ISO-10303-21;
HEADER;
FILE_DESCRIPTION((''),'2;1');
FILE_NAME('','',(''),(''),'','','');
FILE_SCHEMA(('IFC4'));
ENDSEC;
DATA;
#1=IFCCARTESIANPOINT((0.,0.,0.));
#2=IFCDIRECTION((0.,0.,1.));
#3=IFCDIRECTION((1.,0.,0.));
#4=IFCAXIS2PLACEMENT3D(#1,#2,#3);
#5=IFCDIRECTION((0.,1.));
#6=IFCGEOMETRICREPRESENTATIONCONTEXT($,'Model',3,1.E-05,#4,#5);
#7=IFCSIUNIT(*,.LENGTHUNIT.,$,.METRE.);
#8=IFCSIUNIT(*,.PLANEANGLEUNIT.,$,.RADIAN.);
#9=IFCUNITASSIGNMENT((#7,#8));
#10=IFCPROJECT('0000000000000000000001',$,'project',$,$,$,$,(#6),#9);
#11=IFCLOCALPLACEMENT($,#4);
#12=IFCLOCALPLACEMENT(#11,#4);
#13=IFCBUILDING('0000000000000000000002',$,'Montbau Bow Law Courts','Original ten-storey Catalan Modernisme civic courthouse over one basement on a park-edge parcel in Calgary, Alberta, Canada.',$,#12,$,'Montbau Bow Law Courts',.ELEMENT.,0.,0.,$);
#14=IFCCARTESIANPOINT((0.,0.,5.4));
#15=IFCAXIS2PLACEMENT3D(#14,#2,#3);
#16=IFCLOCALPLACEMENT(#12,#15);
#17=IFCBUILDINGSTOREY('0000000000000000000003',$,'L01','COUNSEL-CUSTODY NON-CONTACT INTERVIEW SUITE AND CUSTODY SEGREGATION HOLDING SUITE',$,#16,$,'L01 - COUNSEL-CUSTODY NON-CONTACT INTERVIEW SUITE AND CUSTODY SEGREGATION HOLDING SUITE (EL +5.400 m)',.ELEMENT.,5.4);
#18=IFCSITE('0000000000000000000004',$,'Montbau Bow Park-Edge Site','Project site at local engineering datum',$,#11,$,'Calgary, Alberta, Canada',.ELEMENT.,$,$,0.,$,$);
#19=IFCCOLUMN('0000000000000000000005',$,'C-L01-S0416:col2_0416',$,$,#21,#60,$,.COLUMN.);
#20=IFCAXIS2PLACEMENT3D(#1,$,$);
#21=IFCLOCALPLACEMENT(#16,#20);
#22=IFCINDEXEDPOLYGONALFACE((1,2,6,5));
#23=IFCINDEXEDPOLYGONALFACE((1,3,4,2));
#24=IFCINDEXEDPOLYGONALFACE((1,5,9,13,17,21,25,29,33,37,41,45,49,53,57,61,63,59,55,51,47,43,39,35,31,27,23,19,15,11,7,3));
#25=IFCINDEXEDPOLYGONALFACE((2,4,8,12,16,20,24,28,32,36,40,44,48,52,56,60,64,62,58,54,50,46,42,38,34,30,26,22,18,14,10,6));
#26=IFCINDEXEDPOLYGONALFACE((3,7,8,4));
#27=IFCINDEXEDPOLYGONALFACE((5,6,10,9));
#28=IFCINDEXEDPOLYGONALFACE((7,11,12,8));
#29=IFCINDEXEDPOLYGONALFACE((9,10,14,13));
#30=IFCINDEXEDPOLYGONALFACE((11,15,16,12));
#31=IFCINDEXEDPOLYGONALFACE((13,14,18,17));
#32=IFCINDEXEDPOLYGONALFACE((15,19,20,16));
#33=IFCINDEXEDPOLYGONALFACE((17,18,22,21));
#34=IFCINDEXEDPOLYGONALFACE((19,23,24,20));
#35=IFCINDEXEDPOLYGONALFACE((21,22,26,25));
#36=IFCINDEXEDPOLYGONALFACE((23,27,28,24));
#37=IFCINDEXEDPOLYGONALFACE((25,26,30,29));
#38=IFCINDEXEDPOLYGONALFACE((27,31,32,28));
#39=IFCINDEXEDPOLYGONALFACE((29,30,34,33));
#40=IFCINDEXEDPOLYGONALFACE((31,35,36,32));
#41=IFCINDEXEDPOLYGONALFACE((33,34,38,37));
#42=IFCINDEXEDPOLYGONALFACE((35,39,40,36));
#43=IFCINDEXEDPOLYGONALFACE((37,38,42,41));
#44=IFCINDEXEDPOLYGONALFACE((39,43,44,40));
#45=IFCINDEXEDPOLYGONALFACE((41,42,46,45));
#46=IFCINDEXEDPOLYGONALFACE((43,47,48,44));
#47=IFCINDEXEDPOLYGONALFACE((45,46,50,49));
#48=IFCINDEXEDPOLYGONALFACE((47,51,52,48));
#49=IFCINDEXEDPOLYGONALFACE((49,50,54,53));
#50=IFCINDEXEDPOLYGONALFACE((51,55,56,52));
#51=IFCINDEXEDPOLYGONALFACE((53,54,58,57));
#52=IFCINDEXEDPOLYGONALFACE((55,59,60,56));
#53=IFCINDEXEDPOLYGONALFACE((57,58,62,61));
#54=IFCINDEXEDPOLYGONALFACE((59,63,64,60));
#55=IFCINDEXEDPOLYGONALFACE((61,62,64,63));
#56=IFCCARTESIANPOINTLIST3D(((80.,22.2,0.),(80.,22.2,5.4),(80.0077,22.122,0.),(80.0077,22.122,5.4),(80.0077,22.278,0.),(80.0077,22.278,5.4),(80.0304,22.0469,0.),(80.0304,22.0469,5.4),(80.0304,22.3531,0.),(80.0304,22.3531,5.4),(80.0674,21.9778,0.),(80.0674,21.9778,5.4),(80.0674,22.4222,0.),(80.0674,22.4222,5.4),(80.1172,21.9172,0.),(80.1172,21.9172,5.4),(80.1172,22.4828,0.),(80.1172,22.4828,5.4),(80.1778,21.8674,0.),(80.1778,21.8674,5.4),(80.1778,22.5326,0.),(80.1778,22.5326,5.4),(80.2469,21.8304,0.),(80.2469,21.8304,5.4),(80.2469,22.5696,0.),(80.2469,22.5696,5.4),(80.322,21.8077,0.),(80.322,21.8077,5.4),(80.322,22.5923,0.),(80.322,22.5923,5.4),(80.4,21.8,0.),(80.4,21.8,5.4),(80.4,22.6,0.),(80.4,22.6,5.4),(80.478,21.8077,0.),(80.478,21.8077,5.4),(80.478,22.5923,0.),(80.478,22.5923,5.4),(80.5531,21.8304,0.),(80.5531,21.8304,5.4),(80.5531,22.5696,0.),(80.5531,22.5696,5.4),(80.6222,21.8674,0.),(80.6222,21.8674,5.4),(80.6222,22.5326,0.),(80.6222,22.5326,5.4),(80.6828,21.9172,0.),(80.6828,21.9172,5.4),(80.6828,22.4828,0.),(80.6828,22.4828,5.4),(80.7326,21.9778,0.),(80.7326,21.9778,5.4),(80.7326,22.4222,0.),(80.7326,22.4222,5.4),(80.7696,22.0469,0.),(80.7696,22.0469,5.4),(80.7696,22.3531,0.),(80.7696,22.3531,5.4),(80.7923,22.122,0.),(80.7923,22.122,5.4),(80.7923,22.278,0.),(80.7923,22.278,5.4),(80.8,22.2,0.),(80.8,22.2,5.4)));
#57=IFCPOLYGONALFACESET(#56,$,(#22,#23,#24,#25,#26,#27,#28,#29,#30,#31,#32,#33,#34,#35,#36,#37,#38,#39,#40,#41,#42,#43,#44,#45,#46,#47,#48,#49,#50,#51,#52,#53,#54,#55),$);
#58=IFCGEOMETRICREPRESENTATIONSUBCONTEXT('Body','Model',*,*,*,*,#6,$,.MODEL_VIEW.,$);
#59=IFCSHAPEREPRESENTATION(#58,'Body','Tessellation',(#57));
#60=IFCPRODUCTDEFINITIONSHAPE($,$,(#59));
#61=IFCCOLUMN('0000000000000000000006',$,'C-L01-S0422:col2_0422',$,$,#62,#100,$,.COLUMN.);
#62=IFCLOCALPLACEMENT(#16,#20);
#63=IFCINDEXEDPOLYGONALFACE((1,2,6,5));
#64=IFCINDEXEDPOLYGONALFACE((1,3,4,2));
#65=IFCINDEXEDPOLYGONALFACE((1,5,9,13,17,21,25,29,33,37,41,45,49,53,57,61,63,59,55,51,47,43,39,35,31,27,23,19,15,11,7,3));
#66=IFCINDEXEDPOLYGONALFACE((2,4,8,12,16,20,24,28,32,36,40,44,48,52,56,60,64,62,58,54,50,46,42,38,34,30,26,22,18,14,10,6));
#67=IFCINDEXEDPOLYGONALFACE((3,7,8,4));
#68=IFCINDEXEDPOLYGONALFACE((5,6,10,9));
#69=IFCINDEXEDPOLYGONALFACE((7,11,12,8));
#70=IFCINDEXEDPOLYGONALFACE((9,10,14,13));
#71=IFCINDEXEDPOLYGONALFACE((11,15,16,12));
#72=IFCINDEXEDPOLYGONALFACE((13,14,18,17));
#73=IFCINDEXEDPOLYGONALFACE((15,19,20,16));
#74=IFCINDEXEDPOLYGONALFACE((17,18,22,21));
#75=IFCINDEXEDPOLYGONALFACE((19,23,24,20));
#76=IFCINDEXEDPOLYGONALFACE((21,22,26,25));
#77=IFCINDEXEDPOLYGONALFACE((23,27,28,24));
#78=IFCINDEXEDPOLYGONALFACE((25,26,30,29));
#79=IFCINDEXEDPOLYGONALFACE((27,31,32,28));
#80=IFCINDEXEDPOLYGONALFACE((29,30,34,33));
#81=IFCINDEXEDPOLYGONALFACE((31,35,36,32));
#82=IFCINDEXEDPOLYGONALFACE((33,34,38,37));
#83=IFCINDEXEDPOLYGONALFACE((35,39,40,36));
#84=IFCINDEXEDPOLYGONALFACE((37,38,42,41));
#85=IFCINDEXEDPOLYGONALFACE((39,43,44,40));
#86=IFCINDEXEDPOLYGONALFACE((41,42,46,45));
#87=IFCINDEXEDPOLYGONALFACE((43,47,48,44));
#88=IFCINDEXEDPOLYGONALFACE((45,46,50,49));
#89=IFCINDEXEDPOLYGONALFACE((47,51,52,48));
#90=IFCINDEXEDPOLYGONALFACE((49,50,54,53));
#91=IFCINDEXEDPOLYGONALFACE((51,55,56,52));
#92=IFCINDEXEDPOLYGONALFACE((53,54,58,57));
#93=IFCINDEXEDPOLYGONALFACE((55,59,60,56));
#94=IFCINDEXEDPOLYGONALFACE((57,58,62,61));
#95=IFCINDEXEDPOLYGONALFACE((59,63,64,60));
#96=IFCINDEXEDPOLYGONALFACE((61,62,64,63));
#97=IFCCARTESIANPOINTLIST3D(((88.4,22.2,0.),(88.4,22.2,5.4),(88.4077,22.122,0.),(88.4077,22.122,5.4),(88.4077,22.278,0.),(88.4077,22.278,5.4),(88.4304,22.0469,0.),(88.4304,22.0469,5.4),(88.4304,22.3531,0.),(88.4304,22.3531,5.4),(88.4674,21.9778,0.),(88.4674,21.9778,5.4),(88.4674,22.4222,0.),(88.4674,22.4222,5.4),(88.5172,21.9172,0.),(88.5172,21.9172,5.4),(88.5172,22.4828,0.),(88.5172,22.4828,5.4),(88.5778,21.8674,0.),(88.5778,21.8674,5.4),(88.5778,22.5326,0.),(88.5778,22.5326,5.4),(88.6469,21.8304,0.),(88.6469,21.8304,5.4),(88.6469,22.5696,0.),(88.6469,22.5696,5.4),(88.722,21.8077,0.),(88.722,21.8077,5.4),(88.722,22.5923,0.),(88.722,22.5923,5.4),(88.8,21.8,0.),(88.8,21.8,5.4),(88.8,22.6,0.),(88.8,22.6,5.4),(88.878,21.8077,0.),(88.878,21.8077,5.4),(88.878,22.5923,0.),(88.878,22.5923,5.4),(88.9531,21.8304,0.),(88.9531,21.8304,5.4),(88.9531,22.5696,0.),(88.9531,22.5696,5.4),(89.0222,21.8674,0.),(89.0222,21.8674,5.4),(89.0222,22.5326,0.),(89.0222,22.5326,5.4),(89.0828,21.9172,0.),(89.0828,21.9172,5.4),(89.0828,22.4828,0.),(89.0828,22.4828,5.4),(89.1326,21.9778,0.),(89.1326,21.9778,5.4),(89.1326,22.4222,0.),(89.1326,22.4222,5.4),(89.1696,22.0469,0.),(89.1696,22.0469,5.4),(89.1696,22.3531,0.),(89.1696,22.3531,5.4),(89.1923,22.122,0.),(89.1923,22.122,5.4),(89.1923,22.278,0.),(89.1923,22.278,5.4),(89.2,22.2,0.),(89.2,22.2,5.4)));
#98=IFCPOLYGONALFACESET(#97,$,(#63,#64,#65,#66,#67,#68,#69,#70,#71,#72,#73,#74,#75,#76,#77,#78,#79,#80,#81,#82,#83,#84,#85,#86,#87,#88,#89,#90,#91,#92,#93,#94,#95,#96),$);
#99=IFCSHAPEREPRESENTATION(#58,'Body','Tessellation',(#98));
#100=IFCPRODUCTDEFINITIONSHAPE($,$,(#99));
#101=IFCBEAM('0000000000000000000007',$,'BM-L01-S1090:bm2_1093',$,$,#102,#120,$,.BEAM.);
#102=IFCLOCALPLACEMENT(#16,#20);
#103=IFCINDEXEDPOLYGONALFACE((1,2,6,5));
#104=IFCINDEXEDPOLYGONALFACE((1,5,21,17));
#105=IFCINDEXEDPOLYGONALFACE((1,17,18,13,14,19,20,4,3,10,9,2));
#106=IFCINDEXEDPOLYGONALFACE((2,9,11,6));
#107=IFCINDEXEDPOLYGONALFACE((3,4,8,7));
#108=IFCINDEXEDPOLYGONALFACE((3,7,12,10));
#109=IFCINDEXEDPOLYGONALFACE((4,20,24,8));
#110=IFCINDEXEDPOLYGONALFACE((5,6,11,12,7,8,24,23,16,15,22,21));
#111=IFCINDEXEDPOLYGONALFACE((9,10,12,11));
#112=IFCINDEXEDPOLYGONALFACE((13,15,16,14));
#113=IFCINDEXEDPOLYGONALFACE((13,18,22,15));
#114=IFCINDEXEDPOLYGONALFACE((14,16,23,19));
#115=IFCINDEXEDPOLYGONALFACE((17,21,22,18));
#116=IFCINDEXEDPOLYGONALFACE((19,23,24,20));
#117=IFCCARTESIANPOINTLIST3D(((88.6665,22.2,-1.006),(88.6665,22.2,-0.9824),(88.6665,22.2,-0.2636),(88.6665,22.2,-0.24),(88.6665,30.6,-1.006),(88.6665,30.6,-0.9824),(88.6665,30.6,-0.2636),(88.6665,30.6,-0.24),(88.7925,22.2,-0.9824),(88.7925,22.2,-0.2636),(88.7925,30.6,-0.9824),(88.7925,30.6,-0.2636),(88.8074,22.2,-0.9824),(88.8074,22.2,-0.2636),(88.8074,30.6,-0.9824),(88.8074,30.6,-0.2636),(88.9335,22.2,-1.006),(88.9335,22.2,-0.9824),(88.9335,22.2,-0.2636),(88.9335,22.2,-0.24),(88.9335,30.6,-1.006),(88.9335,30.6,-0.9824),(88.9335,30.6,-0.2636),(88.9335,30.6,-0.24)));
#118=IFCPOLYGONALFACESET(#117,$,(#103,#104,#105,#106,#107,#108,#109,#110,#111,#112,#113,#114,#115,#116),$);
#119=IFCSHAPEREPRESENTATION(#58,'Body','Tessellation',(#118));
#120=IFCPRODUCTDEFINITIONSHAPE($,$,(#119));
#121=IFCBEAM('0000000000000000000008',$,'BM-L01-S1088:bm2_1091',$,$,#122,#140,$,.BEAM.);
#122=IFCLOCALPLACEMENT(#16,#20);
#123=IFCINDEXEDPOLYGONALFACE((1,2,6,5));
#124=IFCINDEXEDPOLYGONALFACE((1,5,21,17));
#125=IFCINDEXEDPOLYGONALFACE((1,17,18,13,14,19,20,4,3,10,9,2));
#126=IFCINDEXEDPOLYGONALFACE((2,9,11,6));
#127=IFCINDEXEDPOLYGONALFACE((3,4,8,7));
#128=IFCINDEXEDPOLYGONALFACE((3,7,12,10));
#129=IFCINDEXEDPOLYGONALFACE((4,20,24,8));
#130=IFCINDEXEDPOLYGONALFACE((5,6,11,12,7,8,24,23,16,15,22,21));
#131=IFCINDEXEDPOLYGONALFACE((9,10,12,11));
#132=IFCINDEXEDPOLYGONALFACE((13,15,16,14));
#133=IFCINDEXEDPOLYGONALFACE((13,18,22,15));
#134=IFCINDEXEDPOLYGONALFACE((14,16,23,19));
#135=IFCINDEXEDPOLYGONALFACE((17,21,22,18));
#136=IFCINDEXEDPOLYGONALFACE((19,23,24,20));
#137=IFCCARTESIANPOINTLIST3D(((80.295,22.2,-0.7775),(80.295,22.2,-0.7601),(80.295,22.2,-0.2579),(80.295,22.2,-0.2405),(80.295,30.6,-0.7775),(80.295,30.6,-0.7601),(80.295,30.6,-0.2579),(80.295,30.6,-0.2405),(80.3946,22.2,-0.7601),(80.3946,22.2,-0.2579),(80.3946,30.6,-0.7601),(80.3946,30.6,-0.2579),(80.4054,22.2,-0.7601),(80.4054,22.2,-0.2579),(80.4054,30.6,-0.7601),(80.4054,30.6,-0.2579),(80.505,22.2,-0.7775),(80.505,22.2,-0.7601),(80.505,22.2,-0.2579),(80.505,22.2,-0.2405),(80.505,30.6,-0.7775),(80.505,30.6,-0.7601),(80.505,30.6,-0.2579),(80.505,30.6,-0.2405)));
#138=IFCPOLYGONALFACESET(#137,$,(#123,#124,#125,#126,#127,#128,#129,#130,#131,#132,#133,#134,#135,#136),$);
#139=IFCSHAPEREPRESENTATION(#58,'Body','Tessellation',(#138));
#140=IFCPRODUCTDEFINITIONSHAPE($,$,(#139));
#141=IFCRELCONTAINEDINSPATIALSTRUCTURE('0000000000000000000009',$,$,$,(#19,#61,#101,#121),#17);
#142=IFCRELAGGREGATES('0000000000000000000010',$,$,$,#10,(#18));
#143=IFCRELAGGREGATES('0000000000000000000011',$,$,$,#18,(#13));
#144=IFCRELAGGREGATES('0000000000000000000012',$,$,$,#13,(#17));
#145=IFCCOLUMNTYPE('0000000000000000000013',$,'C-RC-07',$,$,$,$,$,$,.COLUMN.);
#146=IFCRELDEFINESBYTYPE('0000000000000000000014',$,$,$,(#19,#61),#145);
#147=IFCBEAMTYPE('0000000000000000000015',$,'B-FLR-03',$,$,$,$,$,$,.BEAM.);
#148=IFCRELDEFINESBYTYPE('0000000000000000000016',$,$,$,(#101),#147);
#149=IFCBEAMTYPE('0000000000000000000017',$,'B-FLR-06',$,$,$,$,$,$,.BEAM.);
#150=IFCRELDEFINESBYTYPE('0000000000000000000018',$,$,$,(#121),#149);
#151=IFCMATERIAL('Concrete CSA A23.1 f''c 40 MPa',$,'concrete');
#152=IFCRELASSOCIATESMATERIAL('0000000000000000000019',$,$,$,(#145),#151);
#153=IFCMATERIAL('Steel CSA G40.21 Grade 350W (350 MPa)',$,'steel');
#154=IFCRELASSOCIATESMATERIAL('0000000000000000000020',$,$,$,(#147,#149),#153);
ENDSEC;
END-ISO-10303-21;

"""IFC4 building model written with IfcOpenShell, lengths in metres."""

from ifc_helpers import new_model, si_unit, direction, frame, origin_with_axes, origin_2d_with_axis, place, context, subcontext, project, spatial, circle, i_section, extrude, material, material_profile, profile_set, type_object, element, save


model = new_model("IFC4")

# Units and contexts
model_context = context("Model", 3, precision=1e-05, world=origin_with_axes(), true_north=direction((0.0, 1.0)))
body_context = subcontext(model_context, "Body", "Model", "MODEL_VIEW")
ifc_project = project(units=[si_unit("LENGTHUNIT", "METRE"), si_unit("PLANEANGLEUNIT", "RADIAN")], contexts=[model_context])

# Site, building, storey
site_placement = place(None, origin_with_axes())
site = spatial("IfcSite", under=ifc_project, at=site_placement, Name="Montbau Bow Park-Edge Site", Description="Project site at local engineering datum", LongName="Calgary, Alberta, Canada", CompositionType="ELEMENT", RefElevation=0.0)
building_placement = place(site_placement, origin_with_axes())
building = spatial("IfcBuilding", under=site, at=building_placement, Name="Montbau Bow Law Courts", Description="Original ten-storey Catalan Modernisme civic courthouse over one basement on a park-edge parcel in Calgary, Alberta, Canada.", LongName="Montbau Bow Law Courts", CompositionType="ELEMENT", ElevationOfRefHeight=0.0, ElevationOfTerrain=0.0)
storey_placement = place(building_placement, frame((0.0, 0.0, 5.4), z_axis=(0.0, 0.0, 1.0), x_axis=(1.0, 0.0, 0.0)))
storey = spatial("IfcBuildingStorey", under=building, at=storey_placement, Name="L01", Description="COUNSEL-CUSTODY NON-CONTACT INTERVIEW SUITE AND CUSTODY SEGREGATION HOLDING SUITE", LongName="L01 - COUNSEL-CUSTODY NON-CONTACT INTERVIEW SUITE AND CUSTODY SEGREGATION HOLDING SUITE (EL +5.400 m)", CompositionType="ELEMENT", Elevation=5.4)

# Columns
ifc_material_1 = material(Name="Concrete CSA A23.1 f'c 40 MPa", Category="concrete")
ifc_material_profile_1 = material_profile(ifc_material_1, circle(Radius=0.4, at=origin_2d_with_axis()), Name="RC800D", Category="Main", Priority=0)
ifc_profile_set_1 = profile_set([ifc_material_profile_1], Name="Concrete CSA A23.1 f'c 40 MPa")
column_type = type_object("IfcColumnType", Name="C-RC-07", PredefinedType="COLUMN", material=ifc_profile_set_1)
for number, where, z_axis, x_axis, name in (
    (1, (80.4, 22.2, 5.4), (0.0, 0.0, 1.0), (1.0, 0.0, 0.0), "C-L01-S0416:col2_0416"),
    (2, (88.8, 22.2, 5.4), (0.0, 0.0, 1.0), (1.0, 0.0, 0.0), "C-L01-S0422:col2_0422"),
):
    element("IfcColumn", number, at=place(None, frame(where, z_axis=z_axis, x_axis=x_axis)), inside=storey, type_object=column_type, Name=name, PredefinedType="COLUMN", context=body_context, shape_type="SweptSolid", body=[
        extrude(circle(Radius=0.4, at=origin_2d_with_axis()), origin_with_axes(), (0.0, 0.0, 1.0), 5.4),
    ])

# Beams
ifc_material_2 = material(Name="Steel CSA G40.21 Grade 350W (350 MPa)", Category="steel")
ifc_material_profile_2 = material_profile(ifc_material_2, i_section(OverallWidth=0.267, OverallDepth=0.766, WebThickness=0.0149, FlangeThickness=0.0236, at=origin_2d_with_axis()), Name="W760X185", Category="Main", Priority=0)
ifc_profile_set_2 = profile_set([ifc_material_profile_2], Name="Steel CSA G40.21 Grade 350W (350 MPa)")
beam_type_1 = type_object("IfcBeamType", Name="B-FLR-03", PredefinedType="BEAM", material=ifc_profile_set_2)
beam_1_placement = place(None, frame((88.8, 22.2, 4.777), z_axis=(0.0, 1.0, 0.0), x_axis=(-1.0, 0.0, 0.0)))
element("IfcBeam", 3, at=beam_1_placement, inside=storey, type_object=beam_type_1, Name="BM-L01-S1090:bm2_1093", PredefinedType="BEAM", context=body_context, shape_type="SweptSolid", body=[
    extrude(i_section(OverallWidth=0.267, OverallDepth=0.766, WebThickness=0.0149, FlangeThickness=0.0236, at=origin_2d_with_axis()), origin_with_axes(), (0.0, 0.0, 1.0), 8.4),
])
ifc_material_profile_3 = material_profile(ifc_material_2, i_section(OverallWidth=0.21, OverallDepth=0.537, WebThickness=0.0109, FlangeThickness=0.0174, at=origin_2d_with_axis()), Name="W530X101", Category="Main", Priority=0)
ifc_profile_set_3 = profile_set([ifc_material_profile_3], Name="Steel CSA G40.21 Grade 350W (350 MPa)")
beam_type_2 = type_object("IfcBeamType", Name="B-FLR-06", PredefinedType="BEAM", material=ifc_profile_set_3)
beam_2_placement = place(None, frame((80.4, 22.2, 4.891), z_axis=(0.0, 1.0, 0.0), x_axis=(-1.0, 0.0, 0.0)))
element("IfcBeam", 4, at=beam_2_placement, inside=storey, type_object=beam_type_2, Name="BM-L01-S1088:bm2_1091", PredefinedType="BEAM", context=body_context, shape_type="SweptSolid", body=[
    extrude(i_section(OverallWidth=0.21, OverallDepth=0.537, WebThickness=0.0109, FlangeThickness=0.0174, at=origin_2d_with_axis()), origin_with_axes(), (0.0, 0.0, 1.0), 8.4),
])

save(model, "model.ifc")
